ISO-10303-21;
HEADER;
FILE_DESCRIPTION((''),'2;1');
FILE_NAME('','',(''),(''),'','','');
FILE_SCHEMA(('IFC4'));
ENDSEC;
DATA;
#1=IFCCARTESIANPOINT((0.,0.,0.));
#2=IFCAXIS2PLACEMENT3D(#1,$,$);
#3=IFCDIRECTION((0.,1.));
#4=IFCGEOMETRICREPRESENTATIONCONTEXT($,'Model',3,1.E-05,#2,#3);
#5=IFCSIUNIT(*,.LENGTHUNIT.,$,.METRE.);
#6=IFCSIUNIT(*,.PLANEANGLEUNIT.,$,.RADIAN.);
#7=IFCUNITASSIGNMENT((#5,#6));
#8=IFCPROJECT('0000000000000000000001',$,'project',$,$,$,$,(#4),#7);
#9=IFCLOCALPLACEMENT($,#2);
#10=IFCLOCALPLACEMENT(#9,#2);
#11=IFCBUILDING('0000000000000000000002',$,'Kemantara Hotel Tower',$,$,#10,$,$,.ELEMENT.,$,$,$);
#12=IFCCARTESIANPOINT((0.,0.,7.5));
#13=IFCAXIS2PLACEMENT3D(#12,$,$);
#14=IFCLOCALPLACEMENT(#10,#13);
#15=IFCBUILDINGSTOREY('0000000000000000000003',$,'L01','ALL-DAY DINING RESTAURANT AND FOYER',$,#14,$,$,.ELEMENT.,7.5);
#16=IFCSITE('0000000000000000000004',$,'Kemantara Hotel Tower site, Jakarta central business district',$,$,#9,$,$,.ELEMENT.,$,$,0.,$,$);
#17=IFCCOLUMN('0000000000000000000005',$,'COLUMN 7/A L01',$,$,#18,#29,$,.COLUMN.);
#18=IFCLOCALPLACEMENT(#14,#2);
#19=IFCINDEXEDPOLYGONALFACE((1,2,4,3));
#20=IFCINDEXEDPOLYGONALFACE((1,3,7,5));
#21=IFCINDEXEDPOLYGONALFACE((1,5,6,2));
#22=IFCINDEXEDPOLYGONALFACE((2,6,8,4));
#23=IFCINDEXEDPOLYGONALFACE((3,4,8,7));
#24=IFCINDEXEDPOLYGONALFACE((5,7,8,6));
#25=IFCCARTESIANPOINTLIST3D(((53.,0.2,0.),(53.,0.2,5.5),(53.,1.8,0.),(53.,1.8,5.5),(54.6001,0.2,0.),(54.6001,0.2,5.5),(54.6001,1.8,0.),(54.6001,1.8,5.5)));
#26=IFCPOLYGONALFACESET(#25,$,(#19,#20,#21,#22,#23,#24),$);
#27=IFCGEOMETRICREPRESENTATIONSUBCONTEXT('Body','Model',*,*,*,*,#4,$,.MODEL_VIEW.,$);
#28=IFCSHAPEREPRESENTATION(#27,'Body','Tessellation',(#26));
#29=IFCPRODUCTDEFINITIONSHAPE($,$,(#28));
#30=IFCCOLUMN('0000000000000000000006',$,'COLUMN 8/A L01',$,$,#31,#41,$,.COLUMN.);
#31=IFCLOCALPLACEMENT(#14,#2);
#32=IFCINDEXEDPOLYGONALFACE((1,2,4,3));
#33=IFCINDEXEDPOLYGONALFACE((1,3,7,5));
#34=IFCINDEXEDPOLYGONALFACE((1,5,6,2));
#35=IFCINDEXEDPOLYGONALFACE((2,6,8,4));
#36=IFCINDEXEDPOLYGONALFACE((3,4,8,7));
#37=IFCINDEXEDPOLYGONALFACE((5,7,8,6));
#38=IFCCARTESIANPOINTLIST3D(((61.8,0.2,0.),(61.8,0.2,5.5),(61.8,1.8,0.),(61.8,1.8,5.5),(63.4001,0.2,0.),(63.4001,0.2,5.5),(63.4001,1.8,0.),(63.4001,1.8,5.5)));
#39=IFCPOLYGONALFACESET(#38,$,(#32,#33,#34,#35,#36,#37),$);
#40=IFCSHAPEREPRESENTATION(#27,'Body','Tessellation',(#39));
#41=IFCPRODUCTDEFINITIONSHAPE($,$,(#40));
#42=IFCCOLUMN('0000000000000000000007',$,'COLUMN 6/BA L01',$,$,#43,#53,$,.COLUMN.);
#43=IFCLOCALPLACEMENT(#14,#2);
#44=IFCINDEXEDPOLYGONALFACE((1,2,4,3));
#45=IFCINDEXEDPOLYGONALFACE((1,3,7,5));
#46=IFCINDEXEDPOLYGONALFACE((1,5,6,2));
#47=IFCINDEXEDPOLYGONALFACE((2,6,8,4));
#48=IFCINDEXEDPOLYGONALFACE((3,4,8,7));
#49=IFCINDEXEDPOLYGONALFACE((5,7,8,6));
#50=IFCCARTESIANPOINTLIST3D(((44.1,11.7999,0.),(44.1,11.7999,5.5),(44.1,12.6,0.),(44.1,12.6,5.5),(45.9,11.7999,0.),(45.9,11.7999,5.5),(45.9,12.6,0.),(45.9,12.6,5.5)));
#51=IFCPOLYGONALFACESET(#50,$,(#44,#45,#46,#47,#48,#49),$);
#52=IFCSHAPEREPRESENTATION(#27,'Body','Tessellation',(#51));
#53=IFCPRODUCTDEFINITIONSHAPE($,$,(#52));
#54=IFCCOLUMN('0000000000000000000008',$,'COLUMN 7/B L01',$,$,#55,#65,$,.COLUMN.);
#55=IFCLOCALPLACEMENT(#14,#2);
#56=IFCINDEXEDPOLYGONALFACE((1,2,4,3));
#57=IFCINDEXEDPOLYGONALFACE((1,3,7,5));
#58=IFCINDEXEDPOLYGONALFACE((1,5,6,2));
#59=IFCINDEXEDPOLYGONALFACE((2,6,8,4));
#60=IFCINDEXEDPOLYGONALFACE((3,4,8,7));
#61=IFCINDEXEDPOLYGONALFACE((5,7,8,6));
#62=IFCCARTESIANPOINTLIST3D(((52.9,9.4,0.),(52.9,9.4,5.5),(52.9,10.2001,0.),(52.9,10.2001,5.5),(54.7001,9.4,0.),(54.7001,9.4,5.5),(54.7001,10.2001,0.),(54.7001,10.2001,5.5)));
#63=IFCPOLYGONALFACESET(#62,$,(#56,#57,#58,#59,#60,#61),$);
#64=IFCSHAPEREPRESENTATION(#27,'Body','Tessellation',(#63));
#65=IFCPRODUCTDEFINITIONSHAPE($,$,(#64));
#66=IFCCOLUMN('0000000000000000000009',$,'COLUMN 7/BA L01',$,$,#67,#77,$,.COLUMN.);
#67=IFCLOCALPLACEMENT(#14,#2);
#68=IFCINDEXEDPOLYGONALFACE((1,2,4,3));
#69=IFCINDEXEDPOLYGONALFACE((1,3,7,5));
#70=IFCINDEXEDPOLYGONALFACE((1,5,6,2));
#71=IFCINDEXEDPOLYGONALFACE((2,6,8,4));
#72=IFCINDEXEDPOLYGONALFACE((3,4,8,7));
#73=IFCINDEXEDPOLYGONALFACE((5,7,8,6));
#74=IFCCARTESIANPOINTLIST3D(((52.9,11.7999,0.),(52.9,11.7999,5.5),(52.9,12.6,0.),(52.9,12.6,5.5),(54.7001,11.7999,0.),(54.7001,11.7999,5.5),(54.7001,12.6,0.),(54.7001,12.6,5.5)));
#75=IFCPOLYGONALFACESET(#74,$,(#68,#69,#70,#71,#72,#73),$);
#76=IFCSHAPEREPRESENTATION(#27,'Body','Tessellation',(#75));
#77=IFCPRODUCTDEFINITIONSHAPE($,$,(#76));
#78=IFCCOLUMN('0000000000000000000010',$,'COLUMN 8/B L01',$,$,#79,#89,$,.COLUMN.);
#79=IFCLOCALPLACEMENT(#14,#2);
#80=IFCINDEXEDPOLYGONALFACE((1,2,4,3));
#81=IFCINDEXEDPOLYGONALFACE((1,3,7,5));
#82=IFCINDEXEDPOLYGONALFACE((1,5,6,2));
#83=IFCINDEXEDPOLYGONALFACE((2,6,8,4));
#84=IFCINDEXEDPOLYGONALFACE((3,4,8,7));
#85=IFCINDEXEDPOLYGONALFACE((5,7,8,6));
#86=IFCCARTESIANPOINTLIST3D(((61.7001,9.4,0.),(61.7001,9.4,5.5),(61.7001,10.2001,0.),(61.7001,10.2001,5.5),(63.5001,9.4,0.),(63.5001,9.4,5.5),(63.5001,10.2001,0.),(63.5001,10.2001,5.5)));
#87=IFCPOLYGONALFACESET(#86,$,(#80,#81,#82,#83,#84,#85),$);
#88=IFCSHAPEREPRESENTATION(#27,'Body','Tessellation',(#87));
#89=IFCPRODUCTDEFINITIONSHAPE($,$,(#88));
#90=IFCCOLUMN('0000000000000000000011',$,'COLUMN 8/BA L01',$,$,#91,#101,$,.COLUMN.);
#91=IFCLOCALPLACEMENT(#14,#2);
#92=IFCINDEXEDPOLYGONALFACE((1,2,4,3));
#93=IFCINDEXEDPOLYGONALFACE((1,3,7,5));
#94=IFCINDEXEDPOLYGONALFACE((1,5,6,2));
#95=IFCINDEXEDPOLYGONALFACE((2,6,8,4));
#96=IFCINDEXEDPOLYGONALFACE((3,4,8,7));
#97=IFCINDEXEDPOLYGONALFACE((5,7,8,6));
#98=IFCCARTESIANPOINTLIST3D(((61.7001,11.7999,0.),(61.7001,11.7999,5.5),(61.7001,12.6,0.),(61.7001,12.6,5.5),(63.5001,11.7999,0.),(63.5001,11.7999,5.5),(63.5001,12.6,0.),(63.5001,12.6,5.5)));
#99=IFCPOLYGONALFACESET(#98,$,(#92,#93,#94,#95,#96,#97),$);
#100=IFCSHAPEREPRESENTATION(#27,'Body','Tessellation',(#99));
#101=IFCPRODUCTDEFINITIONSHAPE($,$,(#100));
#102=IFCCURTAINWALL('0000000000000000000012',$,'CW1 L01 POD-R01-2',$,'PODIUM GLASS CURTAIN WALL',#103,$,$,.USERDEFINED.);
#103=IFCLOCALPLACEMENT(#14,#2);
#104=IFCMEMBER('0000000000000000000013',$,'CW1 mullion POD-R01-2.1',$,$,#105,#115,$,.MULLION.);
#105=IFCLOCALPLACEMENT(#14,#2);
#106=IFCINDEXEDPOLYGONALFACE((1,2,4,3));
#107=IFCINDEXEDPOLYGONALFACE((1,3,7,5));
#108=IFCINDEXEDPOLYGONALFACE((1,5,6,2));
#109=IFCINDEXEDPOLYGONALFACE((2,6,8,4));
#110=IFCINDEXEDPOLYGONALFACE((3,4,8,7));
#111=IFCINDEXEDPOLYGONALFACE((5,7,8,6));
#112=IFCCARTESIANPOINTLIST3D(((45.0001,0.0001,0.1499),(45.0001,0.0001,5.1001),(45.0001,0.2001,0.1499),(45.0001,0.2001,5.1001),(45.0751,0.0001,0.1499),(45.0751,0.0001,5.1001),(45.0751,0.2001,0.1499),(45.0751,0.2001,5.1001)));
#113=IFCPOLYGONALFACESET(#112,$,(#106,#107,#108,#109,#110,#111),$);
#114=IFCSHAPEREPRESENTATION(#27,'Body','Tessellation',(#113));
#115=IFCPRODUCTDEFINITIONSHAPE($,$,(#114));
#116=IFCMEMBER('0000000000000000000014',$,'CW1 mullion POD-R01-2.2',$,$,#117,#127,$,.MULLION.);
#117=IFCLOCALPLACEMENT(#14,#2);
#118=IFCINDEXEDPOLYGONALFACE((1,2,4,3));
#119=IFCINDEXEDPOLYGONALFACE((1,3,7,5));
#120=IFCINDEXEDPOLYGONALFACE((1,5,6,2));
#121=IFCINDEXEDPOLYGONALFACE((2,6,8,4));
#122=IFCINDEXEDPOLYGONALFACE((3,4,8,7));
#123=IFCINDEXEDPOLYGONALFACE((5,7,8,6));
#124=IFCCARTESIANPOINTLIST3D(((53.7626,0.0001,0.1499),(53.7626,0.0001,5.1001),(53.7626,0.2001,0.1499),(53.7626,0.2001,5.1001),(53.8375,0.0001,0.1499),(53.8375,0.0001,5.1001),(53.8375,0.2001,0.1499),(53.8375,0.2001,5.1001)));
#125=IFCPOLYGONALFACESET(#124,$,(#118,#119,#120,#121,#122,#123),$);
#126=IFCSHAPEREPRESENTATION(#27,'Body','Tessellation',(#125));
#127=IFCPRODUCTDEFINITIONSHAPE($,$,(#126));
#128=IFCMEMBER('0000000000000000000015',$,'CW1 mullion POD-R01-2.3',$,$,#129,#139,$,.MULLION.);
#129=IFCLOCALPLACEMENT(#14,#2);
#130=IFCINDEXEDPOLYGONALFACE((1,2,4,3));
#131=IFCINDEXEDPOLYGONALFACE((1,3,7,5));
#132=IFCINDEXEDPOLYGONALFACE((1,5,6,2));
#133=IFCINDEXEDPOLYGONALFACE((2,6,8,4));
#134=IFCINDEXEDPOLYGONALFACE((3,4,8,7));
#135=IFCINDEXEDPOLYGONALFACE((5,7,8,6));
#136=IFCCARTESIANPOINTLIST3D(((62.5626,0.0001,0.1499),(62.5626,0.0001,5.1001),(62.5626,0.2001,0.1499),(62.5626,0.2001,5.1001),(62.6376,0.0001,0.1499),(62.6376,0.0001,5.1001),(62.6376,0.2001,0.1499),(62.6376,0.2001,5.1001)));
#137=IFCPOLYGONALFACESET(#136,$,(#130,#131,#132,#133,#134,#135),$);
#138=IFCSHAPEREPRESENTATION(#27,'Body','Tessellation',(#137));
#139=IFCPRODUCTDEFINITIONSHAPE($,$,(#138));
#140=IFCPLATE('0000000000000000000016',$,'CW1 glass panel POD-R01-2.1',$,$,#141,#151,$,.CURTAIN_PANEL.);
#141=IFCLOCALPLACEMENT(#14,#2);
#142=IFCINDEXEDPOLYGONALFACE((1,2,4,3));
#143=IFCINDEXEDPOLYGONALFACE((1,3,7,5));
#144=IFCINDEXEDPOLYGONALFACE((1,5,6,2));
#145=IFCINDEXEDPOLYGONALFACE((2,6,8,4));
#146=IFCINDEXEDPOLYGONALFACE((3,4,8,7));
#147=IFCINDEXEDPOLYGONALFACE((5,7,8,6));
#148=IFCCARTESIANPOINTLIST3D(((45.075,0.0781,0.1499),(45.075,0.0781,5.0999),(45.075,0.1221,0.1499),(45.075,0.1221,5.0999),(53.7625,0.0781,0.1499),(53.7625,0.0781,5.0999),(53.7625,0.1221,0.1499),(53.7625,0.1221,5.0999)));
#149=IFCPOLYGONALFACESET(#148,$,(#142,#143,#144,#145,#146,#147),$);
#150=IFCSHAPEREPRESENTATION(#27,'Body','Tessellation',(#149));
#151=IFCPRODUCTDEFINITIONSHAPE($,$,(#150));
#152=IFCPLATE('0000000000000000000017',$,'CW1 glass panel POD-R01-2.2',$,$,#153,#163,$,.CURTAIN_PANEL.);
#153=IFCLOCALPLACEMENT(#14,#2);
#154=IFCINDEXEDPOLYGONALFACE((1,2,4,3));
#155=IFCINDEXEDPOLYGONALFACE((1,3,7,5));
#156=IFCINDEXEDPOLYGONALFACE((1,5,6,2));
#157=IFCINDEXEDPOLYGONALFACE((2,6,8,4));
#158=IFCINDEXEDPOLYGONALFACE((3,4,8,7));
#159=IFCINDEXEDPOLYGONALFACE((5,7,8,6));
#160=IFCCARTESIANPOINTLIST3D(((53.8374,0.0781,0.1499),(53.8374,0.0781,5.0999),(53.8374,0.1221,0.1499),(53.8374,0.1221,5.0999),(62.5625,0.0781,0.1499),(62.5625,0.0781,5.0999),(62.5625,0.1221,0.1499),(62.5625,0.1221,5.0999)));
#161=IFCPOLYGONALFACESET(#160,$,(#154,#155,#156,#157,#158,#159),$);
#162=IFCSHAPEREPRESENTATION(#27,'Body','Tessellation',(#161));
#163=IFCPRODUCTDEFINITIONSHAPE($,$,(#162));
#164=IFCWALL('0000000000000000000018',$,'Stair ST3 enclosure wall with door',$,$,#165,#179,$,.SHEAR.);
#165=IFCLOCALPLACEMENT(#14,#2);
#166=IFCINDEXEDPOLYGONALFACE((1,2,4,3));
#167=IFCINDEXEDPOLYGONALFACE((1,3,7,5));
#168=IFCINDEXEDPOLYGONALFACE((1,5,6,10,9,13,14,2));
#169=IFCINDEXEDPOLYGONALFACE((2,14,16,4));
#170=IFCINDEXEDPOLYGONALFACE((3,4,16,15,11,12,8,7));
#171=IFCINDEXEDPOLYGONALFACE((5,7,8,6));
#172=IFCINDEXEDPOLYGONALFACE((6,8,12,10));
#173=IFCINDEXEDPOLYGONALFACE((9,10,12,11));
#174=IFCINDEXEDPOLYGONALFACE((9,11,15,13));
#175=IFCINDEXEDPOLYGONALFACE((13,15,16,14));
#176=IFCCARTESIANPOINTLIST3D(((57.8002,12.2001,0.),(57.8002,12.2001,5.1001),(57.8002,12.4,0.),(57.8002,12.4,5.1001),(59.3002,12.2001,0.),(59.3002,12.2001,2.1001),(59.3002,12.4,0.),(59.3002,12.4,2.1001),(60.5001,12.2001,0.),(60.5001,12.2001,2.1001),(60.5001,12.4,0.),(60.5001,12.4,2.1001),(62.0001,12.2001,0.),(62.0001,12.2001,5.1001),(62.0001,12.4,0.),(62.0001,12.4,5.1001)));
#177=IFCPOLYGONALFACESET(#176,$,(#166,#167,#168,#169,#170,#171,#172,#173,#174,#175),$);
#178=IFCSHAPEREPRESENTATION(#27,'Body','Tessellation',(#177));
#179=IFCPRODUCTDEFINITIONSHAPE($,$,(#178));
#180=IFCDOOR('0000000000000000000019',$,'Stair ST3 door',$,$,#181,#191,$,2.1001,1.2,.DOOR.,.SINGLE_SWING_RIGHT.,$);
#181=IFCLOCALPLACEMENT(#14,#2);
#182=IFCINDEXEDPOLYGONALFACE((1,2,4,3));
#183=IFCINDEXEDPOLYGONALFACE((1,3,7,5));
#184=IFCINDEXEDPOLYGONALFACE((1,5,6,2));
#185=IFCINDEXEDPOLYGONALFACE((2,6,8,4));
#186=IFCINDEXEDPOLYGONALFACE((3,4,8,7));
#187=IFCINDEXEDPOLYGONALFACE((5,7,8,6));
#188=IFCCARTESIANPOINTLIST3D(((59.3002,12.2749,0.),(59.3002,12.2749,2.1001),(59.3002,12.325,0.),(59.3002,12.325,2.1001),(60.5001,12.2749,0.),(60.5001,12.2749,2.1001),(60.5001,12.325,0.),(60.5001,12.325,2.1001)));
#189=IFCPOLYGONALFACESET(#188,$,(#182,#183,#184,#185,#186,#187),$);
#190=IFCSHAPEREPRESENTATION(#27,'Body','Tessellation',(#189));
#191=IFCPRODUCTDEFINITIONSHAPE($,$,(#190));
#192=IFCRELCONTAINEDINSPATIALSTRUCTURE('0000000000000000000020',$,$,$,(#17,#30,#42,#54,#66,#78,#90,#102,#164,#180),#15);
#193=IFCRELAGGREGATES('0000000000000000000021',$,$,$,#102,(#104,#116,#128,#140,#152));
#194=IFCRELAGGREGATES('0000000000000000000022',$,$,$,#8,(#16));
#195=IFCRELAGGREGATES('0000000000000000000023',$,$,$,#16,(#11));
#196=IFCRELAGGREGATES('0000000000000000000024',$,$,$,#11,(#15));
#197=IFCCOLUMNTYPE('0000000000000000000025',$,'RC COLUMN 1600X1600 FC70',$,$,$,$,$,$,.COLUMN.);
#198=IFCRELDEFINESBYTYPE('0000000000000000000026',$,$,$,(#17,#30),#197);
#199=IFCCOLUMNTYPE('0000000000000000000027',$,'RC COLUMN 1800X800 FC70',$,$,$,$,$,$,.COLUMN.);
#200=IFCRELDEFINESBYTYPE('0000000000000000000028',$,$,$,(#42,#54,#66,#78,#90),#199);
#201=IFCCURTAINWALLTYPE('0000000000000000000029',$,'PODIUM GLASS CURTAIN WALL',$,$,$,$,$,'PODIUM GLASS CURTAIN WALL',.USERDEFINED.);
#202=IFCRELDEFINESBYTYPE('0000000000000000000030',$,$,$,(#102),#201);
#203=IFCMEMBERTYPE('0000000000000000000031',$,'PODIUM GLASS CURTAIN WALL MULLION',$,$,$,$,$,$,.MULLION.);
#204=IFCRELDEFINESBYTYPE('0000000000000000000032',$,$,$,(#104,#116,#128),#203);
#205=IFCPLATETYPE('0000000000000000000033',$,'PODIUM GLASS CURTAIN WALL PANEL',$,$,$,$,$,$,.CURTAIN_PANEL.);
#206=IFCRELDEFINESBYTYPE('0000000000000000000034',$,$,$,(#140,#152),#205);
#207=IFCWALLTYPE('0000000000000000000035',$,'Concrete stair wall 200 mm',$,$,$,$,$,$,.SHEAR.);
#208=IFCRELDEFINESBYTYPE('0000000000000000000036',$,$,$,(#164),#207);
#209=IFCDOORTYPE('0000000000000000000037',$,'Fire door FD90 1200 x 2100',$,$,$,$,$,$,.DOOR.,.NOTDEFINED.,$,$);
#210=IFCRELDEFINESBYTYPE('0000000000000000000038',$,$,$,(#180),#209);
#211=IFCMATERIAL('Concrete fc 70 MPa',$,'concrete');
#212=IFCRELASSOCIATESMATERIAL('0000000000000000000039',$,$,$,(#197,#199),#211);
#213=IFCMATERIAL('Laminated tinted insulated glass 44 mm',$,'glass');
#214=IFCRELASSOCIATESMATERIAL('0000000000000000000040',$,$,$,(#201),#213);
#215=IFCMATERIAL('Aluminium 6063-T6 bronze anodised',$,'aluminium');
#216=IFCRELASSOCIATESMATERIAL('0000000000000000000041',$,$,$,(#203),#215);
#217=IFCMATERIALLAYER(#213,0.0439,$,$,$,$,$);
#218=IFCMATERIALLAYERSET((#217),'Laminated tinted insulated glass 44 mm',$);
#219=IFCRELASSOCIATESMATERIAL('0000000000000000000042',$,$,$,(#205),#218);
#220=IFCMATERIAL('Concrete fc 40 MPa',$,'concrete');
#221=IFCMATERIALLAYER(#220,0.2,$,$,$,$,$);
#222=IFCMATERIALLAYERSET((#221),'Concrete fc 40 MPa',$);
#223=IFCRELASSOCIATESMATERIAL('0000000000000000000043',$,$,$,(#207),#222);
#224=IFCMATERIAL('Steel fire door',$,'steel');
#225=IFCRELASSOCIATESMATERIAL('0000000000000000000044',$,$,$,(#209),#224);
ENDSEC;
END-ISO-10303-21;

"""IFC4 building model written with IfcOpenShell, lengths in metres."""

from ifc_helpers import new_model, si_unit, direction, frame, frame_2d, origin, origin_2d, place, context, subcontext, project, spatial, rectangle, extrude, source, transform, mapped, material, layer, layer_set, material_profile, profile_set, type_object, element, fill, aggregate, save


model = new_model("IFC4")

# Units and contexts
model_context = context("Model", 3, precision=1e-05, world=origin(), true_north=direction((0.0, 1.0)))
body_context = subcontext(model_context, "Body", "Model", "MODEL_VIEW")
ifc_project = project(units=[si_unit("LENGTHUNIT", "METRE"), si_unit("PLANEANGLEUNIT", "RADIAN")], contexts=[model_context])

# Site, building, storey
site_placement = place(None, origin())
site = spatial("IfcSite", under=ifc_project, at=site_placement, Name="Kemantara Hotel Tower site, Jakarta central business district", CompositionType="ELEMENT", RefElevation=0.0)
building_placement = place(site_placement, origin())
building = spatial("IfcBuilding", under=site, at=building_placement, Name="Kemantara Hotel Tower", CompositionType="ELEMENT")
storey_placement = place(building_placement, frame((0.0, 0.0, 7.5)))
storey = spatial("IfcBuildingStorey", under=building, at=storey_placement, Name="L01", Description="ALL-DAY DINING RESTAURANT AND FOYER", CompositionType="ELEMENT", Elevation=7.5)

# Columns
ifc_material_1 = material(Name="Concrete fc 70 MPa", Category="concrete")
ifc_material_profile_1 = material_profile(ifc_material_1, rectangle(XDim=1.6001, YDim=1.6001, at=origin_2d()), Name="RC 1600X1600")
ifc_profile_set_1 = profile_set([ifc_material_profile_1], Name="Concrete fc 70 MPa")
column_type_1 = type_object("IfcColumnType", Name="RC COLUMN 1600X1600 FC70", PredefinedType="COLUMN", material=ifc_profile_set_1)
for number, where, z_axis, x_axis, name in (
    (1, (53.8, 1.0, 0.0), (0.0, 0.0, 1.0), (1.0, 0.0, 0.0), "COLUMN 7/A L01"),
    (2, (62.6001, 1.0, 0.0), (0.0, 0.0, 1.0), (1.0, 0.0, 0.0), "COLUMN 8/A L01"),
):
    element("IfcColumn", number, at=place(storey_placement, frame(where, z_axis=z_axis, x_axis=x_axis)), inside=storey, type_object=column_type_1, Name=name, PredefinedType="COLUMN", context=body_context, shape_type="SweptSolid", body=[
        extrude(rectangle(XDim=1.6001, YDim=1.6001, at=origin_2d()), origin(), (0.0, 0.0, 1.0), 5.5),
    ])
ifc_material_profile_2 = material_profile(ifc_material_1, rectangle(XDim=1.8, YDim=0.8, at=origin_2d()), Name="RC 1800X800")
ifc_profile_set_2 = profile_set([ifc_material_profile_2], Name="Concrete fc 70 MPa")
column_type_2 = type_object("IfcColumnType", Name="RC COLUMN 1800X800 FC70", PredefinedType="COLUMN", material=ifc_profile_set_2)
for number, where, z_axis, x_axis, name in (
    (3, (45.0, 12.2, 0.0), (0.0, 0.0, 1.0), (1.0, 0.0, 0.0), "COLUMN 6/BA L01"),
    (4, (53.8, 9.8, 0.0), (0.0, 0.0, 1.0), (1.0, 0.0, 0.0), "COLUMN 7/B L01"),
    (5, (53.8, 12.2, 0.0), (0.0, 0.0, 1.0), (1.0, 0.0, 0.0), "COLUMN 7/BA L01"),
    (6, (62.6001, 9.8, 0.0), (0.0, 0.0, 1.0), (1.0, 0.0, 0.0), "COLUMN 8/B L01"),
    (7, (62.6001, 12.2, 0.0), (0.0, 0.0, 1.0), (1.0, 0.0, 0.0), "COLUMN 8/BA L01"),
):
    element("IfcColumn", number, at=place(storey_placement, frame(where, z_axis=z_axis, x_axis=x_axis)), inside=storey, type_object=column_type_2, Name=name, PredefinedType="COLUMN", context=body_context, shape_type="SweptSolid", body=[
        extrude(rectangle(XDim=1.8, YDim=0.8, at=origin_2d()), origin(), (0.0, 0.0, 1.0), 5.5),
    ])

# Curtain wall, members, plates
ifc_material_2 = material(Name="Laminated tinted insulated glass 44 mm", Category="glass")
curtain_wall_type = type_object("IfcCurtainWallType", Name="PODIUM GLASS CURTAIN WALL", ElementType="PODIUM GLASS CURTAIN WALL", PredefinedType="USERDEFINED", material=ifc_material_2)
curtain_wall_placement = place(storey_placement, origin())
curtain_wall = element("IfcCurtainWall", 8, at=curtain_wall_placement, inside=storey, type_object=curtain_wall_type, Name="CW1 L01 POD-R01-2", ObjectType="PODIUM GLASS CURTAIN WALL", PredefinedType="USERDEFINED")
ifc_material_3 = material(Name="Aluminium 6063-T6 bronze anodised", Category="aluminium")
ifc_material_profile_3 = material_profile(ifc_material_3, rectangle(XDim=0.2, YDim=0.075, at=origin_2d()), Name="PODIUM GLASS CURTAIN WALL MULLION")
ifc_profile_set_3 = profile_set([ifc_material_profile_3], Name="Aluminium 6063-T6 bronze anodised")
member_type = type_object("IfcMemberType", Name="PODIUM GLASS CURTAIN WALL MULLION", PredefinedType="MULLION", material=ifc_profile_set_3)
shared_shape_1 = source(origin(), body_context, "Body", "SweptSolid", [
    extrude(rectangle(XDim=0.2, YDim=0.075, at=origin_2d()), origin(), (0.0, 0.0, 1.0), 4.9502),
])
member_1_placement = place(storey_placement, frame((45.0376, 0.1001, 0.1499), z_axis=(0.0, 0.0, 1.0), x_axis=(0.0, 1.0, 0.0)))
member_1 = element("IfcMember", 9, at=member_1_placement, type_object=member_type, Name="CW1 mullion POD-R01-2.1", PredefinedType="MULLION", context=body_context, shape_type="MappedRepresentation", body=[
    mapped(shared_shape_1, transform((0.0, 0.0, 0.0))),
])
member_2_placement = place(storey_placement, frame((53.8, 0.1001, 0.1499), z_axis=(0.0, 0.0, 1.0), x_axis=(0.0, 1.0, 0.0)))
member_2 = element("IfcMember", 10, at=member_2_placement, type_object=member_type, Name="CW1 mullion POD-R01-2.2", PredefinedType="MULLION", context=body_context, shape_type="MappedRepresentation", body=[
    mapped(shared_shape_1, transform((0.0, 0.0, 0.0))),
])
member_3_placement = place(storey_placement, frame((62.6001, 0.1001, 0.1499), z_axis=(0.0, 0.0, 1.0), x_axis=(0.0, 1.0, 0.0)))
member_3 = element("IfcMember", 11, at=member_3_placement, type_object=member_type, Name="CW1 mullion POD-R01-2.3", PredefinedType="MULLION", context=body_context, shape_type="MappedRepresentation", body=[
    mapped(shared_shape_1, transform((0.0, 0.0, 0.0))),
])
ifc_layer_1 = layer(ifc_material_2, 0.0439)
ifc_layer_set_1 = layer_set([ifc_layer_1], Name="Laminated tinted insulated glass 44 mm")
plate_type = type_object("IfcPlateType", Name="PODIUM GLASS CURTAIN WALL PANEL", PredefinedType="CURTAIN_PANEL", material=ifc_layer_set_1)
shared_shape_2 = source(origin(), body_context, "Body", "SweptSolid", [
    extrude(rectangle(XDim=8.6875, YDim=0.0439, at=origin_2d()), origin(), (0.0, 0.0, 1.0), 4.95),
])
plate_1_placement = place(storey_placement, frame((49.4187, 0.1001, 0.1499), z_axis=(0.0, 0.0, 1.0), x_axis=(1.0, 0.0, 0.0)))
plate_1 = element("IfcPlate", 12, at=plate_1_placement, type_object=plate_type, Name="CW1 glass panel POD-R01-2.1", PredefinedType="CURTAIN_PANEL", context=body_context, shape_type="MappedRepresentation", body=[
    mapped(shared_shape_2, transform((0.0, 0.0, 0.0))),
])
shared_shape_3 = source(origin(), body_context, "Body", "SweptSolid", [
    extrude(rectangle(XDim=8.7251, YDim=0.0439, at=origin_2d()), origin(), (0.0, 0.0, 1.0), 4.95),
])
plate_2_placement = place(storey_placement, frame((58.2, 0.1001, 0.1499), z_axis=(0.0, 0.0, 1.0), x_axis=(1.0, 0.0, 0.0)))
plate_2 = element("IfcPlate", 13, at=plate_2_placement, type_object=plate_type, Name="CW1 glass panel POD-R01-2.2", PredefinedType="CURTAIN_PANEL", context=body_context, shape_type="MappedRepresentation", body=[
    mapped(shared_shape_3, transform((0.0, 0.0, 0.0))),
])
aggregate(curtain_wall, [member_1, member_2, member_3, plate_1, plate_2])

# Wall, opening, door
ifc_material_4 = material(Name="Concrete fc 40 MPa", Category="concrete")
ifc_layer_2 = layer(ifc_material_4, 0.2)
ifc_layer_set_2 = layer_set([ifc_layer_2], Name="Concrete fc 40 MPa")
wall_type_1 = type_object("IfcWallType", Name="Concrete stair wall 200 mm", PredefinedType="SHEAR", material=ifc_layer_set_2)
wall_1_placement = place(storey_placement, frame((57.8, 12.3, 0.0), z_axis=(0.0, 0.0, 1.0), x_axis=(1.0, 0.0, 0.0)))
wall_1 = element("IfcWall", 14, at=wall_1_placement, inside=storey, type_object=wall_type_1, Name="Stair ST3 enclosure wall with door", PredefinedType="SHEAR", context=body_context, shape_type="SweptSolid", body=[
    extrude(rectangle(XDim=4.2, YDim=0.2, at=frame_2d((2.1001, 0.0))), origin(), (0.0, 0.0, 1.0), 5.1001),
])
opening_1_placement = place(wall_1_placement, frame((1.5, 0.0, 0.0)))
opening_1 = element("IfcOpeningElement", 15, at=opening_1_placement, cuts=wall_1, PredefinedType="OPENING", context=body_context, shape_type="SweptSolid", body=[
    extrude(rectangle(XDim=1.2, YDim=2.1001, at=frame_2d((0.6001, 1.05))), frame((0.0, 0.1099, 0.0), z_axis=(0.0, -1.0, 0.0), x_axis=(1.0, 0.0, 0.0)), (0.0, 0.0, 1.0), 0.22),
])
ifc_material_5 = material(Name="Steel fire door", Category="steel")
door_type_1 = type_object("IfcDoorType", Name="Fire door FD90 1200 x 2100", OperationType="NOTDEFINED", PredefinedType="DOOR", material=ifc_material_5)
door_1_placement = place(opening_1_placement, origin())
door_1 = element("IfcDoor", 16, at=door_1_placement, inside=storey, type_object=door_type_1, Name="Stair ST3 door", OperationType="SINGLE_SWING_RIGHT", OverallHeight=2.1001, OverallWidth=1.2, PredefinedType="DOOR", context=body_context, shape_type="SweptSolid", body=[
    extrude(rectangle(XDim=1.2, YDim=2.1001, at=frame_2d((0.6001, 1.05))), frame((0.0, 0.0249, 0.0), z_axis=(0.0, -1.0, 0.0), x_axis=(1.0, 0.0, 0.0)), (0.0, 0.0, 1.0), 0.05),
])
fill(opening_1, door_1)

save(model, "model.ifc")
